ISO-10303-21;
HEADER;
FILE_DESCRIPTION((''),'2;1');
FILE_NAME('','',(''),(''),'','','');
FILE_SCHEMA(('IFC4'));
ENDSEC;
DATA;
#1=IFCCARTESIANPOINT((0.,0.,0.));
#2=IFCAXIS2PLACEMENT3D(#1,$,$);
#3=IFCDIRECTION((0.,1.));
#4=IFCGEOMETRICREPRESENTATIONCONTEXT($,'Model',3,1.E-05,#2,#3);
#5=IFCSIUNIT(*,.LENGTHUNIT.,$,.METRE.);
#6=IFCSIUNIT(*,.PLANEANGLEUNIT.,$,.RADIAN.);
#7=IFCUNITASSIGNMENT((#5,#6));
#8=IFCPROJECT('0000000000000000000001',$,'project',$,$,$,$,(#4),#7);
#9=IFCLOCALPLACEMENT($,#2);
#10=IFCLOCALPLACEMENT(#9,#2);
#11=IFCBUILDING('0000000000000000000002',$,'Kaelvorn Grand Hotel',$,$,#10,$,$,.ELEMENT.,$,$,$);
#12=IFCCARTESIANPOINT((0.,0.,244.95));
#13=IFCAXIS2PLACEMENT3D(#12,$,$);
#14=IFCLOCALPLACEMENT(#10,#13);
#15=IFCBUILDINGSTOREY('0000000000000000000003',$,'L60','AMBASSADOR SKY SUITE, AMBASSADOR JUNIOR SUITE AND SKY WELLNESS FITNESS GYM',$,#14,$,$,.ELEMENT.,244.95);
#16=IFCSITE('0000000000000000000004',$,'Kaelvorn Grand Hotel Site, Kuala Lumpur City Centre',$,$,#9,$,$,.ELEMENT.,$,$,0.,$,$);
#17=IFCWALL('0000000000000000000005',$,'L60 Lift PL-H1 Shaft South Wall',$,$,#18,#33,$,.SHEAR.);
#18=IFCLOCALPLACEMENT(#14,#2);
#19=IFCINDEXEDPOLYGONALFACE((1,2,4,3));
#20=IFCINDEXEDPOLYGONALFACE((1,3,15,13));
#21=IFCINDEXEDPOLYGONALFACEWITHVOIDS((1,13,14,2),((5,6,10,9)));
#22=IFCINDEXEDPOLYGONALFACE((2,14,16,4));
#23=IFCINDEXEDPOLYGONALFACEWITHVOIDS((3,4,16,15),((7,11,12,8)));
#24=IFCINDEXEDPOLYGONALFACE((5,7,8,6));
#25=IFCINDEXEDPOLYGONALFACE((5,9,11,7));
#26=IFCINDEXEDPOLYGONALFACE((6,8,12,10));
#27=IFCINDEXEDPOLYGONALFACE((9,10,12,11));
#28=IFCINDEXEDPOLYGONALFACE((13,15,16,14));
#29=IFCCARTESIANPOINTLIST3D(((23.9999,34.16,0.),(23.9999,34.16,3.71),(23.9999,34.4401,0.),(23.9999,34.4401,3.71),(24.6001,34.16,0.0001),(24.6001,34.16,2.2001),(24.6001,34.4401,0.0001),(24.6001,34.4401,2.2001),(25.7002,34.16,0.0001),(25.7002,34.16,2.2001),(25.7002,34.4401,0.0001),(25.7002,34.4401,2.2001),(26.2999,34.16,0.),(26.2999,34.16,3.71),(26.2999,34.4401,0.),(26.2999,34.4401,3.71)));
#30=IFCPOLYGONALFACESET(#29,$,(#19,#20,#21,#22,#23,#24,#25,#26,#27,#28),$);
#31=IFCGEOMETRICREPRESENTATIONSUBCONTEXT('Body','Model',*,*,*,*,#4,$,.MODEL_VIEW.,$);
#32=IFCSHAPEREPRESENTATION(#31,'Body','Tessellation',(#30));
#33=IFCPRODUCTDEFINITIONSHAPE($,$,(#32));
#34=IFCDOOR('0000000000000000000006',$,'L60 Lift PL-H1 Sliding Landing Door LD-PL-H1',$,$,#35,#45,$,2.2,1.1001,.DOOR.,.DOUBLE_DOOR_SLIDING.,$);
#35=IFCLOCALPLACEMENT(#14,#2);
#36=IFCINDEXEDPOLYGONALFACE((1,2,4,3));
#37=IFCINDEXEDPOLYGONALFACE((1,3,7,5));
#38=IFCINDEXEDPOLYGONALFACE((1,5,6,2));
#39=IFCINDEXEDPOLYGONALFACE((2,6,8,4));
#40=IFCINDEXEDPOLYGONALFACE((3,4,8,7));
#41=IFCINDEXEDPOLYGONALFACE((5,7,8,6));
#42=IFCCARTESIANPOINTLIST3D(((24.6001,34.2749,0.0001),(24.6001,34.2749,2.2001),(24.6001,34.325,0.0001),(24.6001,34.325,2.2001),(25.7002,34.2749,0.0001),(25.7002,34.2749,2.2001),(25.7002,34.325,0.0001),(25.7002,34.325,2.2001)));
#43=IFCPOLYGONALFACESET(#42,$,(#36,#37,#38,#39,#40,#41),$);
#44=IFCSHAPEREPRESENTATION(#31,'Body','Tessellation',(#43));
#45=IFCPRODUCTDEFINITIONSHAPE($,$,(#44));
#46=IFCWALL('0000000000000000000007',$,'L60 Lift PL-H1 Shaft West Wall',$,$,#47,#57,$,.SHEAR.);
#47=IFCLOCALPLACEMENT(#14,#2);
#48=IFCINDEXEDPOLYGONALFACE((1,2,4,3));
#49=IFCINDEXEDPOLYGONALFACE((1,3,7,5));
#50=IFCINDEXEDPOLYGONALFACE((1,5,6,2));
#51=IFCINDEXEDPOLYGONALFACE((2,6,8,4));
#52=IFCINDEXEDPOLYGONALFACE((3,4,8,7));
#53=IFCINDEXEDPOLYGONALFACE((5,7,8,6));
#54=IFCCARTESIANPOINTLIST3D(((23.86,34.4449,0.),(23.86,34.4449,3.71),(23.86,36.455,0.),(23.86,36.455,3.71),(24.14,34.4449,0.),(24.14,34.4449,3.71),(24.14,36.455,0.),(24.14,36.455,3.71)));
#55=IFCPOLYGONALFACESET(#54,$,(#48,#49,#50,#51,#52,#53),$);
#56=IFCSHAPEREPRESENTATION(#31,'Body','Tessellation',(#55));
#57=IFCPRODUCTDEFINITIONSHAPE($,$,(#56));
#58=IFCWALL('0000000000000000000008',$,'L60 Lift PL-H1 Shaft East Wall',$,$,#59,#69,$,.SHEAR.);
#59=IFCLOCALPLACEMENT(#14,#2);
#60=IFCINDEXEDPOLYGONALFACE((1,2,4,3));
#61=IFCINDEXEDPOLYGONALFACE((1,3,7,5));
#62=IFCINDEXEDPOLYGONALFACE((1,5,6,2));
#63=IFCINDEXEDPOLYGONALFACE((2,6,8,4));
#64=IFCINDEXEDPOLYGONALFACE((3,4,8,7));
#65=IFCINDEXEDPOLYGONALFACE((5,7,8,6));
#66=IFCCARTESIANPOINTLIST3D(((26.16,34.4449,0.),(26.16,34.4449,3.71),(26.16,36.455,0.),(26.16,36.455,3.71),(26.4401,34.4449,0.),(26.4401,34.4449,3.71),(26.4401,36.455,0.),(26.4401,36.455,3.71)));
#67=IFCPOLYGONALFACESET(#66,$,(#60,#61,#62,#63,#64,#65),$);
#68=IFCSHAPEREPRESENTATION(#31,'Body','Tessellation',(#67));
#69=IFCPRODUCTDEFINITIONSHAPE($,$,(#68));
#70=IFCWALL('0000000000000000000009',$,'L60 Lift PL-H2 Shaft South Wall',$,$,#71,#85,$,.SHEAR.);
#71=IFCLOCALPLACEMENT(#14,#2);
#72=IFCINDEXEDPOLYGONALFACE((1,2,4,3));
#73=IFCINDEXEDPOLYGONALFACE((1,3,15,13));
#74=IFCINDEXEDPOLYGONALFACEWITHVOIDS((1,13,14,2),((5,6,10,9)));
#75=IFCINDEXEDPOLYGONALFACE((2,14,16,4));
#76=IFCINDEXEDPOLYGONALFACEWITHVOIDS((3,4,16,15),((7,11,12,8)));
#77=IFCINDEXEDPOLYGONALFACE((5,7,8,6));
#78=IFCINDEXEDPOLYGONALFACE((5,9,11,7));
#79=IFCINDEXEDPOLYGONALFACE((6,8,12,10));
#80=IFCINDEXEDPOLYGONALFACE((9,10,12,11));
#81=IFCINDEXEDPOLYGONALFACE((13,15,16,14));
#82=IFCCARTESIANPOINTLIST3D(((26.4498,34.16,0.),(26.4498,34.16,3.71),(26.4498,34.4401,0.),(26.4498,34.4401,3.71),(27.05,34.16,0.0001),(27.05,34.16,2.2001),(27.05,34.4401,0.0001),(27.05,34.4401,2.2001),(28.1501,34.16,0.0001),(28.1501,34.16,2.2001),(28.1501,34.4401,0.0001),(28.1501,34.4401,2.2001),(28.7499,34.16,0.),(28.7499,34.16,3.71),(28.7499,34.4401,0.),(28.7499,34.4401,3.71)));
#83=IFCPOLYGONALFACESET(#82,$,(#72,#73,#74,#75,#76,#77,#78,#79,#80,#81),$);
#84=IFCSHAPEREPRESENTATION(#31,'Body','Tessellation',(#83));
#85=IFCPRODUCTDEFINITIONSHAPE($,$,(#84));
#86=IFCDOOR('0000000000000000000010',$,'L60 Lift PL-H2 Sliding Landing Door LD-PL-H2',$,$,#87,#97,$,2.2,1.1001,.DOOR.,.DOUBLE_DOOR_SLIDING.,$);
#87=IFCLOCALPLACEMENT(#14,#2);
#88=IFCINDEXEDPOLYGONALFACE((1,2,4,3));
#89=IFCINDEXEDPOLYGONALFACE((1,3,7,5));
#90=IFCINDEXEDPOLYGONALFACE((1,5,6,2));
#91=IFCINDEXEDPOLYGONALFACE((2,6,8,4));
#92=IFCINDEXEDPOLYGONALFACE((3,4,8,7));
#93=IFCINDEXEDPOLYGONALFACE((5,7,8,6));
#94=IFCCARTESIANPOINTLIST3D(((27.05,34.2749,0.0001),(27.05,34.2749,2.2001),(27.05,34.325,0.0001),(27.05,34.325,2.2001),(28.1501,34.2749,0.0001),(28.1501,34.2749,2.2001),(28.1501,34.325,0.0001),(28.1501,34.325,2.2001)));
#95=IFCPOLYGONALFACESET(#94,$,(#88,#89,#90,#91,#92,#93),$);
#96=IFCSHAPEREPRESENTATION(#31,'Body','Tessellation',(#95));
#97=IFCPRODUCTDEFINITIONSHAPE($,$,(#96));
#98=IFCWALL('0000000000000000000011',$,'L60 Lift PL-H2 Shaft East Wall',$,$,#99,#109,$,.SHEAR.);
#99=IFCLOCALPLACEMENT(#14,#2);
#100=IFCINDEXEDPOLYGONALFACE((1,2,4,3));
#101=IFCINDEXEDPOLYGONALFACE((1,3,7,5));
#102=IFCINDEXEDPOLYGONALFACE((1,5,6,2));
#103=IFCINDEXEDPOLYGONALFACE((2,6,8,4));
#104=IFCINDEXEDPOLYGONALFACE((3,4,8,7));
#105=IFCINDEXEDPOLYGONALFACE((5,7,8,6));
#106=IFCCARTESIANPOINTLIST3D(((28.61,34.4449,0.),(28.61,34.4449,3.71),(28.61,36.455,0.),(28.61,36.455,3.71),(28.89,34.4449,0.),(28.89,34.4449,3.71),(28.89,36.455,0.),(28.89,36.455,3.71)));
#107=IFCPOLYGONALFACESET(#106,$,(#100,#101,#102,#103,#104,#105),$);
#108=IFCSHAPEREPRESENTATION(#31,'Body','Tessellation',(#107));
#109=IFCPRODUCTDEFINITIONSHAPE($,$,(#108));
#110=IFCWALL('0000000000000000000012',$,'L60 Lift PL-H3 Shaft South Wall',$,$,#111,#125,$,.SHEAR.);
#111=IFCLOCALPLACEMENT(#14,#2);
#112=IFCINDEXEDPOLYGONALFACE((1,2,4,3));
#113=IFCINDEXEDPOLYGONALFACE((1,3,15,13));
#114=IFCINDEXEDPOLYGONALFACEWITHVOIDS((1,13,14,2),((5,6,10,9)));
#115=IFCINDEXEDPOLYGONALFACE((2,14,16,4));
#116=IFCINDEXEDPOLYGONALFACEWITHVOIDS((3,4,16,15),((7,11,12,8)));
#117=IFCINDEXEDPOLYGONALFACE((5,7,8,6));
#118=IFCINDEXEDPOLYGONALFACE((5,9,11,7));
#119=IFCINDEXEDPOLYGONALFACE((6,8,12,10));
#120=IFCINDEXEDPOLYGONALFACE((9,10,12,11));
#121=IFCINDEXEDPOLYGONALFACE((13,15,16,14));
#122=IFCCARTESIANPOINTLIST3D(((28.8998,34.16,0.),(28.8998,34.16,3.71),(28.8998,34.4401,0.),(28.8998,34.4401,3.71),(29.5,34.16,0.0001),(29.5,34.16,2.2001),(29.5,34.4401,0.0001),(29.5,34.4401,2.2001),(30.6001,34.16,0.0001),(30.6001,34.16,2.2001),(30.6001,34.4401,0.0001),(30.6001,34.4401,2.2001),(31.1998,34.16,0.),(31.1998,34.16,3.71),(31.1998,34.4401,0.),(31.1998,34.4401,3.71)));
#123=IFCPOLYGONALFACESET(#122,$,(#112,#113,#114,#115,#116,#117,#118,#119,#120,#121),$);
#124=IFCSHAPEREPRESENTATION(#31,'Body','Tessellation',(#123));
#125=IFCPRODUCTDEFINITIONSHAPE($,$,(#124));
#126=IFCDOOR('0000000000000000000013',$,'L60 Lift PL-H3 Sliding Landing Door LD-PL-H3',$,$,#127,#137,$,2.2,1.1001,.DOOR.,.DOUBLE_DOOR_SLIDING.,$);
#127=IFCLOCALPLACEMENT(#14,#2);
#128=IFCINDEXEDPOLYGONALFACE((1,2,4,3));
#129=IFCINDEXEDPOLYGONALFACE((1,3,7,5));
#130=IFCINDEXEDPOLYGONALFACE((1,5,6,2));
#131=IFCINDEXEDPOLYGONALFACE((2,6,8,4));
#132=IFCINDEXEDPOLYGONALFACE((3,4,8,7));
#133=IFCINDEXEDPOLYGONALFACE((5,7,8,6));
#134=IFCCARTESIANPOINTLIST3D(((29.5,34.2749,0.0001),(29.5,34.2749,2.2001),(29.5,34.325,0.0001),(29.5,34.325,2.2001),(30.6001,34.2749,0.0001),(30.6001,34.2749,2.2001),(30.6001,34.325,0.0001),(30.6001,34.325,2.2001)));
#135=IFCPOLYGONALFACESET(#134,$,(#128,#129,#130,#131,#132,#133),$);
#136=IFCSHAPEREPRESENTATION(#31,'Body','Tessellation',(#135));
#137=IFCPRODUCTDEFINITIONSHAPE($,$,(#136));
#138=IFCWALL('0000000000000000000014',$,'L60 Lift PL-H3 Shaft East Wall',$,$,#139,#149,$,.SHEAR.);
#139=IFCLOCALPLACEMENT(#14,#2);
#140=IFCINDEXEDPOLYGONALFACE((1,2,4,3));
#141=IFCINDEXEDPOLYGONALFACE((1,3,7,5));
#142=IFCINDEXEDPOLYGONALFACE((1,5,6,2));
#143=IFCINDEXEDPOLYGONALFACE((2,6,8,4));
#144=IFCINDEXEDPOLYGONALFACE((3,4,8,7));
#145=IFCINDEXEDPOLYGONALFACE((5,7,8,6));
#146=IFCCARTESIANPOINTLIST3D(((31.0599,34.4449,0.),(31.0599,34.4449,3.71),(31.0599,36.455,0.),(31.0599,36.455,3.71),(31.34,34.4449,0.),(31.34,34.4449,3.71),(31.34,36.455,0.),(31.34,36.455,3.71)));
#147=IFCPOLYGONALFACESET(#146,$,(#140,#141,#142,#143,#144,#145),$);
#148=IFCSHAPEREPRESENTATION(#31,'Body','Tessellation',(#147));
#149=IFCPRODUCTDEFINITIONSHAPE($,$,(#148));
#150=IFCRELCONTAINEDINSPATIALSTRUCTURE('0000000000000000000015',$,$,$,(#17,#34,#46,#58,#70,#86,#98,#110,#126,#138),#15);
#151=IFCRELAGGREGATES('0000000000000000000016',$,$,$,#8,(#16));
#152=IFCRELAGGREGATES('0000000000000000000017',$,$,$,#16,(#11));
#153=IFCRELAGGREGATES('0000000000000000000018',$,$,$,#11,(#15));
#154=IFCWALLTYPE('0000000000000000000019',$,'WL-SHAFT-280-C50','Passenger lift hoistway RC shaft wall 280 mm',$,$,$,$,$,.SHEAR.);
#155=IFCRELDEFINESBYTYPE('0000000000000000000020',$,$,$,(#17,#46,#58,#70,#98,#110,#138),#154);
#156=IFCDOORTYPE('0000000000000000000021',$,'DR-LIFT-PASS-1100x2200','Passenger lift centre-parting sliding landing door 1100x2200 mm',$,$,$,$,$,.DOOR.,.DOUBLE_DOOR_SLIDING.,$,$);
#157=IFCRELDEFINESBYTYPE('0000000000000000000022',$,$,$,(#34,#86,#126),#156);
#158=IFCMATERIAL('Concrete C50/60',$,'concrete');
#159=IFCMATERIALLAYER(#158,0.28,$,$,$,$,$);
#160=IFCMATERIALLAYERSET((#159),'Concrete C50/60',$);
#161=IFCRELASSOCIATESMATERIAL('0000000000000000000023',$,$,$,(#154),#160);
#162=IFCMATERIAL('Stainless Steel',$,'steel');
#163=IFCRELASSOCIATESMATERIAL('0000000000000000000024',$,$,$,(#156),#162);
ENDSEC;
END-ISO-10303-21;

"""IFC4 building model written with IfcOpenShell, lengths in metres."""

from ifc_helpers import new_model, si_unit, direction, frame, frame_2d, origin, place, context, subcontext, project, spatial, rectangle, extrude, material, layer, layer_set, type_object, element, fill, save


model = new_model("IFC4")

# Units and contexts
model_context = context("Model", 3, precision=1e-05, world=origin(), true_north=direction((0.0, 1.0)))
body_context = subcontext(model_context, "Body", "Model", "MODEL_VIEW")
ifc_project = project(units=[si_unit("LENGTHUNIT", "METRE"), si_unit("PLANEANGLEUNIT", "RADIAN")], contexts=[model_context])

# Site, building, storey
site_placement = place(None, origin())
site = spatial("IfcSite", under=ifc_project, at=site_placement, Name="Kaelvorn Grand Hotel Site, Kuala Lumpur City Centre", CompositionType="ELEMENT", RefElevation=0.0)
building_placement = place(site_placement, origin())
building = spatial("IfcBuilding", under=site, at=building_placement, Name="Kaelvorn Grand Hotel", CompositionType="ELEMENT")
storey_placement = place(building_placement, frame((0.0, 0.0, 244.95)))
storey = spatial("IfcBuildingStorey", under=building, at=storey_placement, Name="L60", Description="AMBASSADOR SKY SUITE, AMBASSADOR JUNIOR SUITE AND SKY WELLNESS FITNESS GYM", CompositionType="ELEMENT", Elevation=244.95)

# Shared definitions
ifc_material_1 = material(Name="Concrete C50/60", Category="concrete")

# Wall, opening, door
ifc_layer_1 = layer(ifc_material_1, 0.28)
ifc_layer_set_1 = layer_set([ifc_layer_1], Name="Concrete C50/60")
wall_type_1 = type_object("IfcWallType", Name="WL-SHAFT-280-C50", Description="Passenger lift hoistway RC shaft wall 280 mm", PredefinedType="SHEAR", material=ifc_layer_set_1)
wall_1_placement = place(storey_placement, frame((24.0, 34.3, 0.0), z_axis=(0.0, 0.0, 1.0), x_axis=(1.0, 0.0, 0.0)))
wall_1 = element("IfcWall", 1, at=wall_1_placement, inside=storey, type_object=wall_type_1, Name="L60 Lift PL-H1 Shaft South Wall", PredefinedType="SHEAR", context=body_context, shape_type="SweptSolid", body=[
    extrude(rectangle(XDim=2.3, YDim=0.28, at=frame_2d((1.1499, 0.0))), origin(), (0.0, 0.0, 1.0), 3.71),
])
opening_1_placement = place(wall_1_placement, frame((0.6001, 0.0, 0.0)))
opening_1 = element("IfcOpeningElement", 2, at=opening_1_placement, cuts=wall_1, PredefinedType="OPENING", context=body_context, shape_type="SweptSolid", body=[
    extrude(rectangle(XDim=1.1001, YDim=2.2, at=frame_2d((0.55, 1.1001))), frame((0.0, 0.1499, 0.0), z_axis=(0.0, -1.0, 0.0), x_axis=(1.0, 0.0, 0.0)), (0.0, 0.0, 1.0), 0.3),
])
ifc_material_2 = material(Name="Stainless Steel", Category="steel")
door_type_1 = type_object("IfcDoorType", Name="DR-LIFT-PASS-1100x2200", Description="Passenger lift centre-parting sliding landing door 1100x2200 mm", OperationType="DOUBLE_DOOR_SLIDING", PredefinedType="DOOR", material=ifc_material_2)
door_1_placement = place(opening_1_placement, origin())
door_1 = element("IfcDoor", 3, at=door_1_placement, inside=storey, type_object=door_type_1, Name="L60 Lift PL-H1 Sliding Landing Door LD-PL-H1", OperationType="DOUBLE_DOOR_SLIDING", OverallHeight=2.2, OverallWidth=1.1001, PredefinedType="DOOR", context=body_context, shape_type="SweptSolid", body=[
    extrude(rectangle(XDim=1.1001, YDim=2.2, at=frame_2d((0.55, 1.1001))), frame((0.0, 0.0249, 0.0), z_axis=(0.0, -1.0, 0.0), x_axis=(1.0, 0.0, 0.0)), (0.0, 0.0, 1.0), 0.05),
])
fill(opening_1, door_1)

# Walls
for number, where, z_axis, x_axis, name in (
    (4, (24.0, 34.4451, 0.0), (0.0, 0.0, 1.0), (0.0, 1.0, 0.0), "L60 Lift PL-H1 Shaft West Wall"),
    (5, (26.3, 34.4451, 0.0), (0.0, 0.0, 1.0), (0.0, 1.0, 0.0), "L60 Lift PL-H1 Shaft East Wall"),
):
    element("IfcWall", number, at=place(storey_placement, frame(where, z_axis=z_axis, x_axis=x_axis)), inside=storey, type_object=wall_type_1, Name=name, PredefinedType="SHEAR", context=body_context, shape_type="SweptSolid", body=[
        extrude(rectangle(XDim=2.01, YDim=0.28, at=frame_2d((1.0049, 0.0))), origin(), (0.0, 0.0, 1.0), 3.71),
    ])

# Wall, opening, door
wall_2_placement = place(storey_placement, frame((26.45, 34.3, 0.0), z_axis=(0.0, 0.0, 1.0), x_axis=(1.0, 0.0, 0.0)))
wall_2 = element("IfcWall", 6, at=wall_2_placement, inside=storey, type_object=wall_type_1, Name="L60 Lift PL-H2 Shaft South Wall", PredefinedType="SHEAR", context=body_context, shape_type="SweptSolid", body=[
    extrude(rectangle(XDim=2.3, YDim=0.28, at=frame_2d((1.1499, 0.0))), origin(), (0.0, 0.0, 1.0), 3.71),
])
opening_2_placement = place(wall_2_placement, frame((0.6001, 0.0, 0.0)))
opening_2 = element("IfcOpeningElement", 7, at=opening_2_placement, cuts=wall_2, PredefinedType="OPENING", context=body_context, shape_type="SweptSolid", body=[
    extrude(rectangle(XDim=1.1001, YDim=2.2, at=frame_2d((0.55, 1.1001))), frame((0.0, 0.1499, 0.0), z_axis=(0.0, -1.0, 0.0), x_axis=(1.0, 0.0, 0.0)), (0.0, 0.0, 1.0), 0.3),
])
door_2_placement = place(opening_2_placement, origin())
door_2 = element("IfcDoor", 8, at=door_2_placement, inside=storey, type_object=door_type_1, Name="L60 Lift PL-H2 Sliding Landing Door LD-PL-H2", OperationType="DOUBLE_DOOR_SLIDING", OverallHeight=2.2, OverallWidth=1.1001, PredefinedType="DOOR", context=body_context, shape_type="SweptSolid", body=[
    extrude(rectangle(XDim=1.1001, YDim=2.2, at=frame_2d((0.55, 1.1001))), frame((0.0, 0.0249, 0.0), z_axis=(0.0, -1.0, 0.0), x_axis=(1.0, 0.0, 0.0)), (0.0, 0.0, 1.0), 0.05),
])
fill(opening_2, door_2)

# Wall
wall_3_placement = place(storey_placement, frame((28.75, 34.4451, 0.0), z_axis=(0.0, 0.0, 1.0), x_axis=(0.0, 1.0, 0.0)))
element("IfcWall", 9, at=wall_3_placement, inside=storey, type_object=wall_type_1, Name="L60 Lift PL-H2 Shaft East Wall", PredefinedType="SHEAR", context=body_context, shape_type="SweptSolid", body=[
    extrude(rectangle(XDim=2.01, YDim=0.28, at=frame_2d((1.0049, 0.0))), origin(), (0.0, 0.0, 1.0), 3.71),
])

# Wall, opening, door
wall_4_placement = place(storey_placement, frame((28.8999, 34.3, 0.0), z_axis=(0.0, 0.0, 1.0), x_axis=(1.0, 0.0, 0.0)))
wall_4 = element("IfcWall", 10, at=wall_4_placement, inside=storey, type_object=wall_type_1, Name="L60 Lift PL-H3 Shaft South Wall", PredefinedType="SHEAR", context=body_context, shape_type="SweptSolid", body=[
    extrude(rectangle(XDim=2.3, YDim=0.28, at=frame_2d((1.1499, 0.0))), origin(), (0.0, 0.0, 1.0), 3.71),
])
opening_3_placement = place(wall_4_placement, frame((0.6001, 0.0, 0.0)))
opening_3 = element("IfcOpeningElement", 11, at=opening_3_placement, cuts=wall_4, PredefinedType="OPENING", context=body_context, shape_type="SweptSolid", body=[
    extrude(rectangle(XDim=1.1001, YDim=2.2, at=frame_2d((0.55, 1.1001))), frame((0.0, 0.1499, 0.0), z_axis=(0.0, -1.0, 0.0), x_axis=(1.0, 0.0, 0.0)), (0.0, 0.0, 1.0), 0.3),
])
door_3_placement = place(opening_3_placement, origin())
door_3 = element("IfcDoor", 12, at=door_3_placement, inside=storey, type_object=door_type_1, Name="L60 Lift PL-H3 Sliding Landing Door LD-PL-H3", OperationType="DOUBLE_DOOR_SLIDING", OverallHeight=2.2, OverallWidth=1.1001, PredefinedType="DOOR", context=body_context, shape_type="SweptSolid", body=[
    extrude(rectangle(XDim=1.1001, YDim=2.2, at=frame_2d((0.55, 1.1001))), frame((0.0, 0.0249, 0.0), z_axis=(0.0, -1.0, 0.0), x_axis=(1.0, 0.0, 0.0)), (0.0, 0.0, 1.0), 0.05),
])
fill(opening_3, door_3)

# Wall
wall_5_placement = place(storey_placement, frame((31.2, 34.4451, 0.0), z_axis=(0.0, 0.0, 1.0), x_axis=(0.0, 1.0, 0.0)))
element("IfcWall", 13, at=wall_5_placement, inside=storey, type_object=wall_type_1, Name="L60 Lift PL-H3 Shaft East Wall", PredefinedType="SHEAR", context=body_context, shape_type="SweptSolid", body=[
    extrude(rectangle(XDim=2.01, YDim=0.28, at=frame_2d((1.0049, 0.0))), origin(), (0.0, 0.0, 1.0), 3.71),
])

save(model, "model.ifc")
